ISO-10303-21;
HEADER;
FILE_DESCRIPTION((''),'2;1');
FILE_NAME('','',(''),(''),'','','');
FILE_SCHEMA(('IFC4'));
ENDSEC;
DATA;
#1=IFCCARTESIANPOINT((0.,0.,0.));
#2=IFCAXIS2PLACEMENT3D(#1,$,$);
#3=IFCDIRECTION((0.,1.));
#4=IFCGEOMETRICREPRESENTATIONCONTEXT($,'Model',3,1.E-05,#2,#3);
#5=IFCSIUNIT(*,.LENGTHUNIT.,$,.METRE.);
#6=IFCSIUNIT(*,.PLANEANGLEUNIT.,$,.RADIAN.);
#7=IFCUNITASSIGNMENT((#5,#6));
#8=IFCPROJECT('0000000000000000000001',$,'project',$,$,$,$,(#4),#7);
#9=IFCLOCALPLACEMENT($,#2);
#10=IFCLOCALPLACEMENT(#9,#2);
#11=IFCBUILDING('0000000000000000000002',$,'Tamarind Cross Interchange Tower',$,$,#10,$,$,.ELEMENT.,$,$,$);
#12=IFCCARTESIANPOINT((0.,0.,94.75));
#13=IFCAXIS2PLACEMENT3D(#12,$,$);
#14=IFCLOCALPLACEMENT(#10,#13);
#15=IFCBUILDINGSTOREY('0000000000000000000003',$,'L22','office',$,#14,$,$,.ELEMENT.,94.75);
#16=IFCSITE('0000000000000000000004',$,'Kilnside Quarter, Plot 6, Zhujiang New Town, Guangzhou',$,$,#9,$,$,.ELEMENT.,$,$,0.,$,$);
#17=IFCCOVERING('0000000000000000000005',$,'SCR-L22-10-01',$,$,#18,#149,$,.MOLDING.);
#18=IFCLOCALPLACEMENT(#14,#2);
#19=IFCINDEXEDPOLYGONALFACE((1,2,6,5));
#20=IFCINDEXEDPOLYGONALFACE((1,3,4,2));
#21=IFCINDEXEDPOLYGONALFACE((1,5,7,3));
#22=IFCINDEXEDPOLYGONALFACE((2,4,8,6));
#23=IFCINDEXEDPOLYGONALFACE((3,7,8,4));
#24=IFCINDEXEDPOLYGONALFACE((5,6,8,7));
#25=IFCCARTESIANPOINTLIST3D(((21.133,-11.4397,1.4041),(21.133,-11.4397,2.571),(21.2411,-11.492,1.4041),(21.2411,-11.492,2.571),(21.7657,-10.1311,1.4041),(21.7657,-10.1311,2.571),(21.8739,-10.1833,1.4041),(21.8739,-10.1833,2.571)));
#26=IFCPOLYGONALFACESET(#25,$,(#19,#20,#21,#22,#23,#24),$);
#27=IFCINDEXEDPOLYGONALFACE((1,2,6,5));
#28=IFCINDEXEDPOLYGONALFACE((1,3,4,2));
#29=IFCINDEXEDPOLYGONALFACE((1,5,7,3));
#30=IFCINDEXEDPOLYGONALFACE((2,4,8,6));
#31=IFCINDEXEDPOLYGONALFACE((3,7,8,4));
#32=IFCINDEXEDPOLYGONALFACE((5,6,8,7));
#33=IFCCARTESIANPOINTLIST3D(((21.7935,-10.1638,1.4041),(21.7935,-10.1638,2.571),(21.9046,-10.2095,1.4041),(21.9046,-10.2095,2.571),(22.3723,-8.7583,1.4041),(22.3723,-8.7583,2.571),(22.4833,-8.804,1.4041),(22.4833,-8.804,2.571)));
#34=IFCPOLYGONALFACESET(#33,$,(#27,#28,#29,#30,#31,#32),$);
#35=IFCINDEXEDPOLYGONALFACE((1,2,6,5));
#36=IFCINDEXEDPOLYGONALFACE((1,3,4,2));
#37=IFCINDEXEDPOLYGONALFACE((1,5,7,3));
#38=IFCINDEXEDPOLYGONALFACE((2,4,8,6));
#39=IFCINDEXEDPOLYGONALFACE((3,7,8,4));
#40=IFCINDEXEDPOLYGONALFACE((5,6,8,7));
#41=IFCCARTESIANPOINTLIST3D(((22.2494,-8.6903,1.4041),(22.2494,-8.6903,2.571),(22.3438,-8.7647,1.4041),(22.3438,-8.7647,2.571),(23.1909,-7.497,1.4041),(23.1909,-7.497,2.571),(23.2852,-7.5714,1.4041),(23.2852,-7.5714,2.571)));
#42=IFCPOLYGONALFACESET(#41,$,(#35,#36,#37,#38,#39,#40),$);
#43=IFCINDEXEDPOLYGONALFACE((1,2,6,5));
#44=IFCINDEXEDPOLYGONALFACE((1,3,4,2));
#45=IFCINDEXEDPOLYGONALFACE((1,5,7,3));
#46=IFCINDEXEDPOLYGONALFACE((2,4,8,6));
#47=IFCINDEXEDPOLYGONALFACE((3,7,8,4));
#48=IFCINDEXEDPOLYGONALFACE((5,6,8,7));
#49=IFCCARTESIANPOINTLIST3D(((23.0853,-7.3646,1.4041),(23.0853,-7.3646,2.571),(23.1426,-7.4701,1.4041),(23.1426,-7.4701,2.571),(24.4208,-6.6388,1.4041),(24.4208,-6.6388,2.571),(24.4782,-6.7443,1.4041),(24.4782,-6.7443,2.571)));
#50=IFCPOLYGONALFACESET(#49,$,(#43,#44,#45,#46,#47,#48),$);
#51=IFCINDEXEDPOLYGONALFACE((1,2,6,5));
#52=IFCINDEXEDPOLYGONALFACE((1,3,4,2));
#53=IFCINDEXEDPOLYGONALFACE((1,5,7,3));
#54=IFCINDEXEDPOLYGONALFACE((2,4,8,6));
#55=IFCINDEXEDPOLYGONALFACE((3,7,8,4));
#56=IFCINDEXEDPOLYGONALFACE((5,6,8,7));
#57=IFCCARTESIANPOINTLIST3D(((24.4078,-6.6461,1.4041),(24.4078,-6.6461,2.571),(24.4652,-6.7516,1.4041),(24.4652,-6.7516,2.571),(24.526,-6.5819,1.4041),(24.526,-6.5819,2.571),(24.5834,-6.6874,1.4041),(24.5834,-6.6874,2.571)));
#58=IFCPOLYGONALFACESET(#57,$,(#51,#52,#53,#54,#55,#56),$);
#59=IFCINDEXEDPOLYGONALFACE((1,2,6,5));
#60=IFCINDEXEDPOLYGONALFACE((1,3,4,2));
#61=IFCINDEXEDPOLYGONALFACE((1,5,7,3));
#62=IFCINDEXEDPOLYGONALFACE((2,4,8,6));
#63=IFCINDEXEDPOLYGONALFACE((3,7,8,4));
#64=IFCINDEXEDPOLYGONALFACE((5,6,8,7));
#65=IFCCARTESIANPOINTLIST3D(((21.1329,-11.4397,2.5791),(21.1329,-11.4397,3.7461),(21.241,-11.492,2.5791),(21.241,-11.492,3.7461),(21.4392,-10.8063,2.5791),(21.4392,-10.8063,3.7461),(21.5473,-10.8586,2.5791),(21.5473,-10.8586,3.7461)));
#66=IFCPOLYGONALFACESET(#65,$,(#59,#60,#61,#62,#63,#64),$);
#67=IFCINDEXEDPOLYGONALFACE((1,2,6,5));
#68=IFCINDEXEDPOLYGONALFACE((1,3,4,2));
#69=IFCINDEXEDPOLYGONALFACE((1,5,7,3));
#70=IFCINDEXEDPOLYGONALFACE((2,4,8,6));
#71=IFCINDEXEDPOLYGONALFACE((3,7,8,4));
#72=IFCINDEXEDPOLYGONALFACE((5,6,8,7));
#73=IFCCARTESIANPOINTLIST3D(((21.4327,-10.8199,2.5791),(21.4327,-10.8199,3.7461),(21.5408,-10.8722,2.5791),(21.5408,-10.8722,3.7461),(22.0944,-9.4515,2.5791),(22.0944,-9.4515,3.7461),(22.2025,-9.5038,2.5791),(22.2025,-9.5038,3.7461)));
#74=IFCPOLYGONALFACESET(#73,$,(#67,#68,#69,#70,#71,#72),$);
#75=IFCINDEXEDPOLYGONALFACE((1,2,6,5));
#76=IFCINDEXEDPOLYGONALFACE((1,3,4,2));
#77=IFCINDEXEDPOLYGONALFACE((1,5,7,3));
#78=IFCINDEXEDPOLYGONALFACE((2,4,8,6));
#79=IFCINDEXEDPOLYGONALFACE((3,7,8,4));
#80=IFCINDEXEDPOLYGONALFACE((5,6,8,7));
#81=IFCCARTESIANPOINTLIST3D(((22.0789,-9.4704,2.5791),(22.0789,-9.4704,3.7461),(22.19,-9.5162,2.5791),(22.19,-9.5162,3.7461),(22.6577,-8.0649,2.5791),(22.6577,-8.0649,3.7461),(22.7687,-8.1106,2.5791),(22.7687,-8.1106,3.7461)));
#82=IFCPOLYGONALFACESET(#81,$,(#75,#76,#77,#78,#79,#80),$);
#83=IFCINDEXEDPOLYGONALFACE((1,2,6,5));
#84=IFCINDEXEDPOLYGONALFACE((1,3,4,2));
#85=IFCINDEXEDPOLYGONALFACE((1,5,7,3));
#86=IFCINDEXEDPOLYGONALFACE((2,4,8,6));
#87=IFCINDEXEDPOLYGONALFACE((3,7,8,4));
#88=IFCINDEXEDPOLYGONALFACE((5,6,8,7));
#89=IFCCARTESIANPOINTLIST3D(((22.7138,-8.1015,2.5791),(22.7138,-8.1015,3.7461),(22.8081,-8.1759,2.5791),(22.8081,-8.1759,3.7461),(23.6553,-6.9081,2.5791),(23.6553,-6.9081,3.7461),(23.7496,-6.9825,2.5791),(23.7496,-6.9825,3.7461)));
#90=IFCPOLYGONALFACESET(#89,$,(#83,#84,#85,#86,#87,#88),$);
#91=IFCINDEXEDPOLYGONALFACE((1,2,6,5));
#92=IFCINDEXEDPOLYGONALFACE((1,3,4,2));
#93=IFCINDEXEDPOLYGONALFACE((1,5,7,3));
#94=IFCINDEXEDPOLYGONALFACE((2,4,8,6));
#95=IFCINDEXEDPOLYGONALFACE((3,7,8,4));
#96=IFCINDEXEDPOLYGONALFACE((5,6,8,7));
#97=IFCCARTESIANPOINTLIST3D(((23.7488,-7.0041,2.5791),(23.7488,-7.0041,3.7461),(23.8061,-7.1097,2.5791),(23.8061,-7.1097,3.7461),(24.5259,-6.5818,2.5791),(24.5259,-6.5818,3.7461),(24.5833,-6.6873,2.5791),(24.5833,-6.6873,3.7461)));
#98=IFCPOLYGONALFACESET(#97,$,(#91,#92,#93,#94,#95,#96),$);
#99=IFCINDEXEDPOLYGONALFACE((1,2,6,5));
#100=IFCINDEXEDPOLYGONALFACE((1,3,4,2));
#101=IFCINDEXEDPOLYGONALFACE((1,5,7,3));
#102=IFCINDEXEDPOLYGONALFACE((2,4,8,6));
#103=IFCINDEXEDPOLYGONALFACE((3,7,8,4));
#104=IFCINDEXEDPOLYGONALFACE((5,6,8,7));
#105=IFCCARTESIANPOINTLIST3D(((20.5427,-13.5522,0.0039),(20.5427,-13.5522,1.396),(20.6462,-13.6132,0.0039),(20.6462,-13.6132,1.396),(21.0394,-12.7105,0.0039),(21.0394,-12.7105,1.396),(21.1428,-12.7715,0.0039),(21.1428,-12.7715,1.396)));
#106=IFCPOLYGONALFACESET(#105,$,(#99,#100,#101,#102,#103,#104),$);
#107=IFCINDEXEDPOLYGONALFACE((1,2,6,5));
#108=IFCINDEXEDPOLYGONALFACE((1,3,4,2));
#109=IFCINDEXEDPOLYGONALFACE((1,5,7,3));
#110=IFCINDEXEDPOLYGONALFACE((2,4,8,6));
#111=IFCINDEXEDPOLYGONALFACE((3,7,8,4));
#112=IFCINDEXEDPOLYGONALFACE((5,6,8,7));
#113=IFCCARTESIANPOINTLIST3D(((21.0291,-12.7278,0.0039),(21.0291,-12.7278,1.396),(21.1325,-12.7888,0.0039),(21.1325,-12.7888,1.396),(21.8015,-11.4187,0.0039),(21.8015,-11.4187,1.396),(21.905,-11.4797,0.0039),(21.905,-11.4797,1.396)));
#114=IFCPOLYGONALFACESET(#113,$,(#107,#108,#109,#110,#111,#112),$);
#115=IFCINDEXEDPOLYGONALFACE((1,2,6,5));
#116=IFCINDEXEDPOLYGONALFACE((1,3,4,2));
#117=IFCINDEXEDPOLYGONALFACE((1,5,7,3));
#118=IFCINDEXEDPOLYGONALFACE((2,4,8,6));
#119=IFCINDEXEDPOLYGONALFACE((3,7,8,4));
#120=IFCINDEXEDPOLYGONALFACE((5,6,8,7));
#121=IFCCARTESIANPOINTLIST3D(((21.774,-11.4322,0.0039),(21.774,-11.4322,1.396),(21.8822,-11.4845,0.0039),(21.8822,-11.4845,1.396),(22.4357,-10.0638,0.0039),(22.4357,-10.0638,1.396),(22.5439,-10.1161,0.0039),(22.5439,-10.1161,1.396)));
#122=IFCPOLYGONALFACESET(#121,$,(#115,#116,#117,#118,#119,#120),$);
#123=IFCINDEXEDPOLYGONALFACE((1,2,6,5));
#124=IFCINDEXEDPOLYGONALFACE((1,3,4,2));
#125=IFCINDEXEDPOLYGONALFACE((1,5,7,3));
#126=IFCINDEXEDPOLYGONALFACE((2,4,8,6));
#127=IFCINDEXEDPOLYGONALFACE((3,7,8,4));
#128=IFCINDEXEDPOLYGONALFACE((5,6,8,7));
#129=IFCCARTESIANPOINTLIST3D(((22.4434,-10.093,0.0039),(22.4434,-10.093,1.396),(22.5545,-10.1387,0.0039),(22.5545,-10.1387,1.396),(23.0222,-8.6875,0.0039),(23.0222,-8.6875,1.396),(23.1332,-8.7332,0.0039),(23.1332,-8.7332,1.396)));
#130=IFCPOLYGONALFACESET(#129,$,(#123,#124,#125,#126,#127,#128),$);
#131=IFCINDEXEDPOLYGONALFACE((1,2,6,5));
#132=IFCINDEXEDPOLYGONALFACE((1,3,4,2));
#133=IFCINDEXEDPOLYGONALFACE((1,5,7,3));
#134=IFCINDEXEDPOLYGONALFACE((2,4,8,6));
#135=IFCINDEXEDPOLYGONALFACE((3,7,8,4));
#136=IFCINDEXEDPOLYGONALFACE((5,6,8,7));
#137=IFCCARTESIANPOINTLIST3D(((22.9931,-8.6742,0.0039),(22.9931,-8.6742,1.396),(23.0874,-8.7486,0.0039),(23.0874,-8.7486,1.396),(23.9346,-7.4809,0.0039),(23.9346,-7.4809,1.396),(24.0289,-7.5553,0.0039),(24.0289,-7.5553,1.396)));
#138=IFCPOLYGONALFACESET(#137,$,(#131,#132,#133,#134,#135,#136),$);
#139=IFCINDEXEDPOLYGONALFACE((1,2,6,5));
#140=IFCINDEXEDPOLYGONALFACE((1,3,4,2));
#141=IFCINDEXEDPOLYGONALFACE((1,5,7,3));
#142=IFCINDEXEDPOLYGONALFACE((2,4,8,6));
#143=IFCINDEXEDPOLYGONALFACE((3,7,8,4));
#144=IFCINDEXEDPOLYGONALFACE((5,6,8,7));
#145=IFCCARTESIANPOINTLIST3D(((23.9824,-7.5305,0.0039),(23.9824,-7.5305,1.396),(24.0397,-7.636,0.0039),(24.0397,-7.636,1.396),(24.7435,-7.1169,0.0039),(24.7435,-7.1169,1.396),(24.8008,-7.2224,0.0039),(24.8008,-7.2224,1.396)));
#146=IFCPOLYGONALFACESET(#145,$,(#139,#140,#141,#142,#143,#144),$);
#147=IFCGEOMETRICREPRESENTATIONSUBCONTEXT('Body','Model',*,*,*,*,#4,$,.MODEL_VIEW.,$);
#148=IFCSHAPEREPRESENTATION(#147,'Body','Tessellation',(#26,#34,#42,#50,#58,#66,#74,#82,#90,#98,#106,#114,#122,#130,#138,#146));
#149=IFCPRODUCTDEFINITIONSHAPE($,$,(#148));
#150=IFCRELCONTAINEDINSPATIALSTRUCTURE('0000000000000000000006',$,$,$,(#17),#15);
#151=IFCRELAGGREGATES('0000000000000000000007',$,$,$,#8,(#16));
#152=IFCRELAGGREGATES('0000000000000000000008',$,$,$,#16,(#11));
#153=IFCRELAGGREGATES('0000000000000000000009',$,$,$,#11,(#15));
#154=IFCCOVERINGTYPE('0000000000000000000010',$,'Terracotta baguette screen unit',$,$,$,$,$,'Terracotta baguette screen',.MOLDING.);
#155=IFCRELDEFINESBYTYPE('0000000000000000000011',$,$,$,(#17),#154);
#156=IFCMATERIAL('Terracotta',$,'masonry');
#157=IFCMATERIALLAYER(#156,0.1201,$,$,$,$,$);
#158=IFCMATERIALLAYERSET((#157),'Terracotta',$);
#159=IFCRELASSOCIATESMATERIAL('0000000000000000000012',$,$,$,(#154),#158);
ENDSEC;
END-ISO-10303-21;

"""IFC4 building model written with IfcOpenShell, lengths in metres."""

from ifc_helpers import new_model, si_unit, direction, frame, origin, origin_2d, place, context, subcontext, project, spatial, rectangle, extrude, material, layer, layer_set, type_object, element, save


model = new_model("IFC4")

# Units and contexts
model_context = context("Model", 3, precision=1e-05, world=origin(), true_north=direction((0.0, 1.0)))
body_context = subcontext(model_context, "Body", "Model", "MODEL_VIEW")
ifc_project = project(units=[si_unit("LENGTHUNIT", "METRE"), si_unit("PLANEANGLEUNIT", "RADIAN")], contexts=[model_context])

# Site, building, storey
site_placement = place(None, origin())
site = spatial("IfcSite", under=ifc_project, at=site_placement, Name="Kilnside Quarter, Plot 6, Zhujiang New Town, Guangzhou", CompositionType="ELEMENT", RefElevation=0.0)
building_placement = place(site_placement, origin())
building = spatial("IfcBuilding", under=site, at=building_placement, Name="Tamarind Cross Interchange Tower", CompositionType="ELEMENT")
storey_placement = place(building_placement, frame((0.0, 0.0, 94.75)))
storey = spatial("IfcBuildingStorey", under=building, at=storey_placement, Name="L22", Description="office", CompositionType="ELEMENT", Elevation=94.75)

# Covering
ifc_material_1 = material(Name="Terracotta", Category="masonry")
ifc_layer_1 = layer(ifc_material_1, 0.1201)
ifc_layer_set_1 = layer_set([ifc_layer_1], Name="Terracotta")
covering_type = type_object("IfcCoveringType", Name="Terracotta baguette screen unit", ElementType="Terracotta baguette screen", PredefinedType="MOLDING", material=ifc_layer_set_1)
covering_1_placement = place(storey_placement, origin())
element("IfcCovering", 1, at=covering_1_placement, inside=storey, type_object=covering_type, Name="SCR-L22-10-01", PredefinedType="MOLDING", context=body_context, shape_type="SweptSolid", body=[
    extrude(rectangle(XDim=1.4536, YDim=0.1201, at=origin_2d()), frame((21.5034, -10.8115, 1.4041), z_axis=(0.0, 0.0, 1.0), x_axis=(0.435326, 0.900273, 0.0)), (0.0, 0.0, 1.0), 1.167),
    extrude(rectangle(XDim=1.52, YDim=0.1201, at=origin_2d()), frame((22.1384, -9.4839, 1.4041), z_axis=(0.0, 0.0, 1.0), x_axis=(0.38076, 0.924674, 0.0)), (0.0, 0.0, 1.0), 1.167),
    extrude(rectangle(XDim=1.52, YDim=0.1201, at=origin_2d()), frame((22.7673, -8.1309, 1.4041), z_axis=(0.0, 0.0, 1.0), x_axis=(0.619379, 0.785092, 0.0)), (0.0, 0.0, 1.0), 1.167),
    extrude(rectangle(XDim=1.52, YDim=0.1201, at=origin_2d()), frame((23.7817, -7.0544, 1.4041), z_axis=(0.0, 0.0, 1.0), x_axis=(0.878634, 0.477495, 0.0)), (0.0, 0.0, 1.0), 1.167),
    extrude(rectangle(XDim=0.1345, YDim=0.1201, at=origin_2d()), frame((24.4956, -6.6667, 1.4041), z_axis=(0.0, 0.0, 1.0), x_axis=(0.878634, 0.477495, 0.0)), (0.0, 0.0, 1.0), 1.167),
    extrude(rectangle(XDim=0.7036, YDim=0.1201, at=origin_2d()), frame((21.3401, -11.1492, 2.5791), z_axis=(0.0, 0.0, 1.0), x_axis=(0.435326, 0.900273, 0.0)), (0.0, 0.0, 1.0), 1.167),
    extrude(rectangle(XDim=1.52, YDim=0.1201, at=origin_2d()), frame((21.8176, -10.1619, 2.5791), z_axis=(0.0, 0.0, 1.0), x_axis=(0.435326, 0.900273, 0.0)), (0.0, 0.0, 1.0), 1.167),
    extrude(rectangle(XDim=1.52, YDim=0.1201, at=origin_2d()), frame((22.4238, -8.7905, 2.5791), z_axis=(0.0, 0.0, 1.0), x_axis=(0.38076, 0.924674, 0.0)), (0.0, 0.0, 1.0), 1.167),
    extrude(rectangle(XDim=1.52, YDim=0.1201, at=origin_2d()), frame((23.2317, -7.542, 2.5791), z_axis=(0.0, 0.0, 1.0), x_axis=(0.619379, 0.785092, 0.0)), (0.0, 0.0, 1.0), 1.167),
    extrude(rectangle(XDim=0.8845, YDim=0.1201, at=origin_2d()), frame((24.166, -6.8457, 2.5791), z_axis=(0.0, 0.0, 1.0), x_axis=(0.878634, 0.477495, 0.0)), (0.0, 0.0, 1.0), 1.167),
    extrude(rectangle(XDim=0.9773, YDim=0.1201, at=origin_2d()), frame((20.8428, -13.1619, 0.0039), z_axis=(0.0, 0.0, 1.0), x_axis=(0.508183, 0.861249, 0.0)), (0.0, 0.0, 1.0), 1.3921),
    extrude(rectangle(XDim=1.52, YDim=0.1201, at=origin_2d()), frame((21.467, -12.1038, 0.0039), z_axis=(0.0, 0.0, 1.0), x_axis=(0.508183, 0.861249, 0.0)), (0.0, 0.0, 1.0), 1.3921),
    extrude(rectangle(XDim=1.52, YDim=0.1201, at=origin_2d()), frame((22.1589, -10.7742, 0.0039), z_axis=(0.0, 0.0, 1.0), x_axis=(0.435326, 0.900273, 0.0)), (0.0, 0.0, 1.0), 1.3921),
    extrude(rectangle(XDim=1.52, YDim=0.1201, at=origin_2d()), frame((22.7883, -9.4131, 0.0039), z_axis=(0.0, 0.0, 1.0), x_axis=(0.38076, 0.924674, 0.0)), (0.0, 0.0, 1.0), 1.3921),
    extrude(rectangle(XDim=1.52, YDim=0.1201, at=origin_2d()), frame((23.511, -8.1147, 0.0039), z_axis=(0.0, 0.0, 1.0), x_axis=(0.619379, 0.785092, 0.0)), (0.0, 0.0, 1.0), 1.3921),
    extrude(rectangle(XDim=0.8662, YDim=0.1201, at=origin_2d()), frame((24.3916, -7.3765, 0.0039), z_axis=(0.0, 0.0, 1.0), x_axis=(0.878634, 0.477495, 0.0)), (0.0, 0.0, 1.0), 1.3921),
])

save(model, "model.ifc")
